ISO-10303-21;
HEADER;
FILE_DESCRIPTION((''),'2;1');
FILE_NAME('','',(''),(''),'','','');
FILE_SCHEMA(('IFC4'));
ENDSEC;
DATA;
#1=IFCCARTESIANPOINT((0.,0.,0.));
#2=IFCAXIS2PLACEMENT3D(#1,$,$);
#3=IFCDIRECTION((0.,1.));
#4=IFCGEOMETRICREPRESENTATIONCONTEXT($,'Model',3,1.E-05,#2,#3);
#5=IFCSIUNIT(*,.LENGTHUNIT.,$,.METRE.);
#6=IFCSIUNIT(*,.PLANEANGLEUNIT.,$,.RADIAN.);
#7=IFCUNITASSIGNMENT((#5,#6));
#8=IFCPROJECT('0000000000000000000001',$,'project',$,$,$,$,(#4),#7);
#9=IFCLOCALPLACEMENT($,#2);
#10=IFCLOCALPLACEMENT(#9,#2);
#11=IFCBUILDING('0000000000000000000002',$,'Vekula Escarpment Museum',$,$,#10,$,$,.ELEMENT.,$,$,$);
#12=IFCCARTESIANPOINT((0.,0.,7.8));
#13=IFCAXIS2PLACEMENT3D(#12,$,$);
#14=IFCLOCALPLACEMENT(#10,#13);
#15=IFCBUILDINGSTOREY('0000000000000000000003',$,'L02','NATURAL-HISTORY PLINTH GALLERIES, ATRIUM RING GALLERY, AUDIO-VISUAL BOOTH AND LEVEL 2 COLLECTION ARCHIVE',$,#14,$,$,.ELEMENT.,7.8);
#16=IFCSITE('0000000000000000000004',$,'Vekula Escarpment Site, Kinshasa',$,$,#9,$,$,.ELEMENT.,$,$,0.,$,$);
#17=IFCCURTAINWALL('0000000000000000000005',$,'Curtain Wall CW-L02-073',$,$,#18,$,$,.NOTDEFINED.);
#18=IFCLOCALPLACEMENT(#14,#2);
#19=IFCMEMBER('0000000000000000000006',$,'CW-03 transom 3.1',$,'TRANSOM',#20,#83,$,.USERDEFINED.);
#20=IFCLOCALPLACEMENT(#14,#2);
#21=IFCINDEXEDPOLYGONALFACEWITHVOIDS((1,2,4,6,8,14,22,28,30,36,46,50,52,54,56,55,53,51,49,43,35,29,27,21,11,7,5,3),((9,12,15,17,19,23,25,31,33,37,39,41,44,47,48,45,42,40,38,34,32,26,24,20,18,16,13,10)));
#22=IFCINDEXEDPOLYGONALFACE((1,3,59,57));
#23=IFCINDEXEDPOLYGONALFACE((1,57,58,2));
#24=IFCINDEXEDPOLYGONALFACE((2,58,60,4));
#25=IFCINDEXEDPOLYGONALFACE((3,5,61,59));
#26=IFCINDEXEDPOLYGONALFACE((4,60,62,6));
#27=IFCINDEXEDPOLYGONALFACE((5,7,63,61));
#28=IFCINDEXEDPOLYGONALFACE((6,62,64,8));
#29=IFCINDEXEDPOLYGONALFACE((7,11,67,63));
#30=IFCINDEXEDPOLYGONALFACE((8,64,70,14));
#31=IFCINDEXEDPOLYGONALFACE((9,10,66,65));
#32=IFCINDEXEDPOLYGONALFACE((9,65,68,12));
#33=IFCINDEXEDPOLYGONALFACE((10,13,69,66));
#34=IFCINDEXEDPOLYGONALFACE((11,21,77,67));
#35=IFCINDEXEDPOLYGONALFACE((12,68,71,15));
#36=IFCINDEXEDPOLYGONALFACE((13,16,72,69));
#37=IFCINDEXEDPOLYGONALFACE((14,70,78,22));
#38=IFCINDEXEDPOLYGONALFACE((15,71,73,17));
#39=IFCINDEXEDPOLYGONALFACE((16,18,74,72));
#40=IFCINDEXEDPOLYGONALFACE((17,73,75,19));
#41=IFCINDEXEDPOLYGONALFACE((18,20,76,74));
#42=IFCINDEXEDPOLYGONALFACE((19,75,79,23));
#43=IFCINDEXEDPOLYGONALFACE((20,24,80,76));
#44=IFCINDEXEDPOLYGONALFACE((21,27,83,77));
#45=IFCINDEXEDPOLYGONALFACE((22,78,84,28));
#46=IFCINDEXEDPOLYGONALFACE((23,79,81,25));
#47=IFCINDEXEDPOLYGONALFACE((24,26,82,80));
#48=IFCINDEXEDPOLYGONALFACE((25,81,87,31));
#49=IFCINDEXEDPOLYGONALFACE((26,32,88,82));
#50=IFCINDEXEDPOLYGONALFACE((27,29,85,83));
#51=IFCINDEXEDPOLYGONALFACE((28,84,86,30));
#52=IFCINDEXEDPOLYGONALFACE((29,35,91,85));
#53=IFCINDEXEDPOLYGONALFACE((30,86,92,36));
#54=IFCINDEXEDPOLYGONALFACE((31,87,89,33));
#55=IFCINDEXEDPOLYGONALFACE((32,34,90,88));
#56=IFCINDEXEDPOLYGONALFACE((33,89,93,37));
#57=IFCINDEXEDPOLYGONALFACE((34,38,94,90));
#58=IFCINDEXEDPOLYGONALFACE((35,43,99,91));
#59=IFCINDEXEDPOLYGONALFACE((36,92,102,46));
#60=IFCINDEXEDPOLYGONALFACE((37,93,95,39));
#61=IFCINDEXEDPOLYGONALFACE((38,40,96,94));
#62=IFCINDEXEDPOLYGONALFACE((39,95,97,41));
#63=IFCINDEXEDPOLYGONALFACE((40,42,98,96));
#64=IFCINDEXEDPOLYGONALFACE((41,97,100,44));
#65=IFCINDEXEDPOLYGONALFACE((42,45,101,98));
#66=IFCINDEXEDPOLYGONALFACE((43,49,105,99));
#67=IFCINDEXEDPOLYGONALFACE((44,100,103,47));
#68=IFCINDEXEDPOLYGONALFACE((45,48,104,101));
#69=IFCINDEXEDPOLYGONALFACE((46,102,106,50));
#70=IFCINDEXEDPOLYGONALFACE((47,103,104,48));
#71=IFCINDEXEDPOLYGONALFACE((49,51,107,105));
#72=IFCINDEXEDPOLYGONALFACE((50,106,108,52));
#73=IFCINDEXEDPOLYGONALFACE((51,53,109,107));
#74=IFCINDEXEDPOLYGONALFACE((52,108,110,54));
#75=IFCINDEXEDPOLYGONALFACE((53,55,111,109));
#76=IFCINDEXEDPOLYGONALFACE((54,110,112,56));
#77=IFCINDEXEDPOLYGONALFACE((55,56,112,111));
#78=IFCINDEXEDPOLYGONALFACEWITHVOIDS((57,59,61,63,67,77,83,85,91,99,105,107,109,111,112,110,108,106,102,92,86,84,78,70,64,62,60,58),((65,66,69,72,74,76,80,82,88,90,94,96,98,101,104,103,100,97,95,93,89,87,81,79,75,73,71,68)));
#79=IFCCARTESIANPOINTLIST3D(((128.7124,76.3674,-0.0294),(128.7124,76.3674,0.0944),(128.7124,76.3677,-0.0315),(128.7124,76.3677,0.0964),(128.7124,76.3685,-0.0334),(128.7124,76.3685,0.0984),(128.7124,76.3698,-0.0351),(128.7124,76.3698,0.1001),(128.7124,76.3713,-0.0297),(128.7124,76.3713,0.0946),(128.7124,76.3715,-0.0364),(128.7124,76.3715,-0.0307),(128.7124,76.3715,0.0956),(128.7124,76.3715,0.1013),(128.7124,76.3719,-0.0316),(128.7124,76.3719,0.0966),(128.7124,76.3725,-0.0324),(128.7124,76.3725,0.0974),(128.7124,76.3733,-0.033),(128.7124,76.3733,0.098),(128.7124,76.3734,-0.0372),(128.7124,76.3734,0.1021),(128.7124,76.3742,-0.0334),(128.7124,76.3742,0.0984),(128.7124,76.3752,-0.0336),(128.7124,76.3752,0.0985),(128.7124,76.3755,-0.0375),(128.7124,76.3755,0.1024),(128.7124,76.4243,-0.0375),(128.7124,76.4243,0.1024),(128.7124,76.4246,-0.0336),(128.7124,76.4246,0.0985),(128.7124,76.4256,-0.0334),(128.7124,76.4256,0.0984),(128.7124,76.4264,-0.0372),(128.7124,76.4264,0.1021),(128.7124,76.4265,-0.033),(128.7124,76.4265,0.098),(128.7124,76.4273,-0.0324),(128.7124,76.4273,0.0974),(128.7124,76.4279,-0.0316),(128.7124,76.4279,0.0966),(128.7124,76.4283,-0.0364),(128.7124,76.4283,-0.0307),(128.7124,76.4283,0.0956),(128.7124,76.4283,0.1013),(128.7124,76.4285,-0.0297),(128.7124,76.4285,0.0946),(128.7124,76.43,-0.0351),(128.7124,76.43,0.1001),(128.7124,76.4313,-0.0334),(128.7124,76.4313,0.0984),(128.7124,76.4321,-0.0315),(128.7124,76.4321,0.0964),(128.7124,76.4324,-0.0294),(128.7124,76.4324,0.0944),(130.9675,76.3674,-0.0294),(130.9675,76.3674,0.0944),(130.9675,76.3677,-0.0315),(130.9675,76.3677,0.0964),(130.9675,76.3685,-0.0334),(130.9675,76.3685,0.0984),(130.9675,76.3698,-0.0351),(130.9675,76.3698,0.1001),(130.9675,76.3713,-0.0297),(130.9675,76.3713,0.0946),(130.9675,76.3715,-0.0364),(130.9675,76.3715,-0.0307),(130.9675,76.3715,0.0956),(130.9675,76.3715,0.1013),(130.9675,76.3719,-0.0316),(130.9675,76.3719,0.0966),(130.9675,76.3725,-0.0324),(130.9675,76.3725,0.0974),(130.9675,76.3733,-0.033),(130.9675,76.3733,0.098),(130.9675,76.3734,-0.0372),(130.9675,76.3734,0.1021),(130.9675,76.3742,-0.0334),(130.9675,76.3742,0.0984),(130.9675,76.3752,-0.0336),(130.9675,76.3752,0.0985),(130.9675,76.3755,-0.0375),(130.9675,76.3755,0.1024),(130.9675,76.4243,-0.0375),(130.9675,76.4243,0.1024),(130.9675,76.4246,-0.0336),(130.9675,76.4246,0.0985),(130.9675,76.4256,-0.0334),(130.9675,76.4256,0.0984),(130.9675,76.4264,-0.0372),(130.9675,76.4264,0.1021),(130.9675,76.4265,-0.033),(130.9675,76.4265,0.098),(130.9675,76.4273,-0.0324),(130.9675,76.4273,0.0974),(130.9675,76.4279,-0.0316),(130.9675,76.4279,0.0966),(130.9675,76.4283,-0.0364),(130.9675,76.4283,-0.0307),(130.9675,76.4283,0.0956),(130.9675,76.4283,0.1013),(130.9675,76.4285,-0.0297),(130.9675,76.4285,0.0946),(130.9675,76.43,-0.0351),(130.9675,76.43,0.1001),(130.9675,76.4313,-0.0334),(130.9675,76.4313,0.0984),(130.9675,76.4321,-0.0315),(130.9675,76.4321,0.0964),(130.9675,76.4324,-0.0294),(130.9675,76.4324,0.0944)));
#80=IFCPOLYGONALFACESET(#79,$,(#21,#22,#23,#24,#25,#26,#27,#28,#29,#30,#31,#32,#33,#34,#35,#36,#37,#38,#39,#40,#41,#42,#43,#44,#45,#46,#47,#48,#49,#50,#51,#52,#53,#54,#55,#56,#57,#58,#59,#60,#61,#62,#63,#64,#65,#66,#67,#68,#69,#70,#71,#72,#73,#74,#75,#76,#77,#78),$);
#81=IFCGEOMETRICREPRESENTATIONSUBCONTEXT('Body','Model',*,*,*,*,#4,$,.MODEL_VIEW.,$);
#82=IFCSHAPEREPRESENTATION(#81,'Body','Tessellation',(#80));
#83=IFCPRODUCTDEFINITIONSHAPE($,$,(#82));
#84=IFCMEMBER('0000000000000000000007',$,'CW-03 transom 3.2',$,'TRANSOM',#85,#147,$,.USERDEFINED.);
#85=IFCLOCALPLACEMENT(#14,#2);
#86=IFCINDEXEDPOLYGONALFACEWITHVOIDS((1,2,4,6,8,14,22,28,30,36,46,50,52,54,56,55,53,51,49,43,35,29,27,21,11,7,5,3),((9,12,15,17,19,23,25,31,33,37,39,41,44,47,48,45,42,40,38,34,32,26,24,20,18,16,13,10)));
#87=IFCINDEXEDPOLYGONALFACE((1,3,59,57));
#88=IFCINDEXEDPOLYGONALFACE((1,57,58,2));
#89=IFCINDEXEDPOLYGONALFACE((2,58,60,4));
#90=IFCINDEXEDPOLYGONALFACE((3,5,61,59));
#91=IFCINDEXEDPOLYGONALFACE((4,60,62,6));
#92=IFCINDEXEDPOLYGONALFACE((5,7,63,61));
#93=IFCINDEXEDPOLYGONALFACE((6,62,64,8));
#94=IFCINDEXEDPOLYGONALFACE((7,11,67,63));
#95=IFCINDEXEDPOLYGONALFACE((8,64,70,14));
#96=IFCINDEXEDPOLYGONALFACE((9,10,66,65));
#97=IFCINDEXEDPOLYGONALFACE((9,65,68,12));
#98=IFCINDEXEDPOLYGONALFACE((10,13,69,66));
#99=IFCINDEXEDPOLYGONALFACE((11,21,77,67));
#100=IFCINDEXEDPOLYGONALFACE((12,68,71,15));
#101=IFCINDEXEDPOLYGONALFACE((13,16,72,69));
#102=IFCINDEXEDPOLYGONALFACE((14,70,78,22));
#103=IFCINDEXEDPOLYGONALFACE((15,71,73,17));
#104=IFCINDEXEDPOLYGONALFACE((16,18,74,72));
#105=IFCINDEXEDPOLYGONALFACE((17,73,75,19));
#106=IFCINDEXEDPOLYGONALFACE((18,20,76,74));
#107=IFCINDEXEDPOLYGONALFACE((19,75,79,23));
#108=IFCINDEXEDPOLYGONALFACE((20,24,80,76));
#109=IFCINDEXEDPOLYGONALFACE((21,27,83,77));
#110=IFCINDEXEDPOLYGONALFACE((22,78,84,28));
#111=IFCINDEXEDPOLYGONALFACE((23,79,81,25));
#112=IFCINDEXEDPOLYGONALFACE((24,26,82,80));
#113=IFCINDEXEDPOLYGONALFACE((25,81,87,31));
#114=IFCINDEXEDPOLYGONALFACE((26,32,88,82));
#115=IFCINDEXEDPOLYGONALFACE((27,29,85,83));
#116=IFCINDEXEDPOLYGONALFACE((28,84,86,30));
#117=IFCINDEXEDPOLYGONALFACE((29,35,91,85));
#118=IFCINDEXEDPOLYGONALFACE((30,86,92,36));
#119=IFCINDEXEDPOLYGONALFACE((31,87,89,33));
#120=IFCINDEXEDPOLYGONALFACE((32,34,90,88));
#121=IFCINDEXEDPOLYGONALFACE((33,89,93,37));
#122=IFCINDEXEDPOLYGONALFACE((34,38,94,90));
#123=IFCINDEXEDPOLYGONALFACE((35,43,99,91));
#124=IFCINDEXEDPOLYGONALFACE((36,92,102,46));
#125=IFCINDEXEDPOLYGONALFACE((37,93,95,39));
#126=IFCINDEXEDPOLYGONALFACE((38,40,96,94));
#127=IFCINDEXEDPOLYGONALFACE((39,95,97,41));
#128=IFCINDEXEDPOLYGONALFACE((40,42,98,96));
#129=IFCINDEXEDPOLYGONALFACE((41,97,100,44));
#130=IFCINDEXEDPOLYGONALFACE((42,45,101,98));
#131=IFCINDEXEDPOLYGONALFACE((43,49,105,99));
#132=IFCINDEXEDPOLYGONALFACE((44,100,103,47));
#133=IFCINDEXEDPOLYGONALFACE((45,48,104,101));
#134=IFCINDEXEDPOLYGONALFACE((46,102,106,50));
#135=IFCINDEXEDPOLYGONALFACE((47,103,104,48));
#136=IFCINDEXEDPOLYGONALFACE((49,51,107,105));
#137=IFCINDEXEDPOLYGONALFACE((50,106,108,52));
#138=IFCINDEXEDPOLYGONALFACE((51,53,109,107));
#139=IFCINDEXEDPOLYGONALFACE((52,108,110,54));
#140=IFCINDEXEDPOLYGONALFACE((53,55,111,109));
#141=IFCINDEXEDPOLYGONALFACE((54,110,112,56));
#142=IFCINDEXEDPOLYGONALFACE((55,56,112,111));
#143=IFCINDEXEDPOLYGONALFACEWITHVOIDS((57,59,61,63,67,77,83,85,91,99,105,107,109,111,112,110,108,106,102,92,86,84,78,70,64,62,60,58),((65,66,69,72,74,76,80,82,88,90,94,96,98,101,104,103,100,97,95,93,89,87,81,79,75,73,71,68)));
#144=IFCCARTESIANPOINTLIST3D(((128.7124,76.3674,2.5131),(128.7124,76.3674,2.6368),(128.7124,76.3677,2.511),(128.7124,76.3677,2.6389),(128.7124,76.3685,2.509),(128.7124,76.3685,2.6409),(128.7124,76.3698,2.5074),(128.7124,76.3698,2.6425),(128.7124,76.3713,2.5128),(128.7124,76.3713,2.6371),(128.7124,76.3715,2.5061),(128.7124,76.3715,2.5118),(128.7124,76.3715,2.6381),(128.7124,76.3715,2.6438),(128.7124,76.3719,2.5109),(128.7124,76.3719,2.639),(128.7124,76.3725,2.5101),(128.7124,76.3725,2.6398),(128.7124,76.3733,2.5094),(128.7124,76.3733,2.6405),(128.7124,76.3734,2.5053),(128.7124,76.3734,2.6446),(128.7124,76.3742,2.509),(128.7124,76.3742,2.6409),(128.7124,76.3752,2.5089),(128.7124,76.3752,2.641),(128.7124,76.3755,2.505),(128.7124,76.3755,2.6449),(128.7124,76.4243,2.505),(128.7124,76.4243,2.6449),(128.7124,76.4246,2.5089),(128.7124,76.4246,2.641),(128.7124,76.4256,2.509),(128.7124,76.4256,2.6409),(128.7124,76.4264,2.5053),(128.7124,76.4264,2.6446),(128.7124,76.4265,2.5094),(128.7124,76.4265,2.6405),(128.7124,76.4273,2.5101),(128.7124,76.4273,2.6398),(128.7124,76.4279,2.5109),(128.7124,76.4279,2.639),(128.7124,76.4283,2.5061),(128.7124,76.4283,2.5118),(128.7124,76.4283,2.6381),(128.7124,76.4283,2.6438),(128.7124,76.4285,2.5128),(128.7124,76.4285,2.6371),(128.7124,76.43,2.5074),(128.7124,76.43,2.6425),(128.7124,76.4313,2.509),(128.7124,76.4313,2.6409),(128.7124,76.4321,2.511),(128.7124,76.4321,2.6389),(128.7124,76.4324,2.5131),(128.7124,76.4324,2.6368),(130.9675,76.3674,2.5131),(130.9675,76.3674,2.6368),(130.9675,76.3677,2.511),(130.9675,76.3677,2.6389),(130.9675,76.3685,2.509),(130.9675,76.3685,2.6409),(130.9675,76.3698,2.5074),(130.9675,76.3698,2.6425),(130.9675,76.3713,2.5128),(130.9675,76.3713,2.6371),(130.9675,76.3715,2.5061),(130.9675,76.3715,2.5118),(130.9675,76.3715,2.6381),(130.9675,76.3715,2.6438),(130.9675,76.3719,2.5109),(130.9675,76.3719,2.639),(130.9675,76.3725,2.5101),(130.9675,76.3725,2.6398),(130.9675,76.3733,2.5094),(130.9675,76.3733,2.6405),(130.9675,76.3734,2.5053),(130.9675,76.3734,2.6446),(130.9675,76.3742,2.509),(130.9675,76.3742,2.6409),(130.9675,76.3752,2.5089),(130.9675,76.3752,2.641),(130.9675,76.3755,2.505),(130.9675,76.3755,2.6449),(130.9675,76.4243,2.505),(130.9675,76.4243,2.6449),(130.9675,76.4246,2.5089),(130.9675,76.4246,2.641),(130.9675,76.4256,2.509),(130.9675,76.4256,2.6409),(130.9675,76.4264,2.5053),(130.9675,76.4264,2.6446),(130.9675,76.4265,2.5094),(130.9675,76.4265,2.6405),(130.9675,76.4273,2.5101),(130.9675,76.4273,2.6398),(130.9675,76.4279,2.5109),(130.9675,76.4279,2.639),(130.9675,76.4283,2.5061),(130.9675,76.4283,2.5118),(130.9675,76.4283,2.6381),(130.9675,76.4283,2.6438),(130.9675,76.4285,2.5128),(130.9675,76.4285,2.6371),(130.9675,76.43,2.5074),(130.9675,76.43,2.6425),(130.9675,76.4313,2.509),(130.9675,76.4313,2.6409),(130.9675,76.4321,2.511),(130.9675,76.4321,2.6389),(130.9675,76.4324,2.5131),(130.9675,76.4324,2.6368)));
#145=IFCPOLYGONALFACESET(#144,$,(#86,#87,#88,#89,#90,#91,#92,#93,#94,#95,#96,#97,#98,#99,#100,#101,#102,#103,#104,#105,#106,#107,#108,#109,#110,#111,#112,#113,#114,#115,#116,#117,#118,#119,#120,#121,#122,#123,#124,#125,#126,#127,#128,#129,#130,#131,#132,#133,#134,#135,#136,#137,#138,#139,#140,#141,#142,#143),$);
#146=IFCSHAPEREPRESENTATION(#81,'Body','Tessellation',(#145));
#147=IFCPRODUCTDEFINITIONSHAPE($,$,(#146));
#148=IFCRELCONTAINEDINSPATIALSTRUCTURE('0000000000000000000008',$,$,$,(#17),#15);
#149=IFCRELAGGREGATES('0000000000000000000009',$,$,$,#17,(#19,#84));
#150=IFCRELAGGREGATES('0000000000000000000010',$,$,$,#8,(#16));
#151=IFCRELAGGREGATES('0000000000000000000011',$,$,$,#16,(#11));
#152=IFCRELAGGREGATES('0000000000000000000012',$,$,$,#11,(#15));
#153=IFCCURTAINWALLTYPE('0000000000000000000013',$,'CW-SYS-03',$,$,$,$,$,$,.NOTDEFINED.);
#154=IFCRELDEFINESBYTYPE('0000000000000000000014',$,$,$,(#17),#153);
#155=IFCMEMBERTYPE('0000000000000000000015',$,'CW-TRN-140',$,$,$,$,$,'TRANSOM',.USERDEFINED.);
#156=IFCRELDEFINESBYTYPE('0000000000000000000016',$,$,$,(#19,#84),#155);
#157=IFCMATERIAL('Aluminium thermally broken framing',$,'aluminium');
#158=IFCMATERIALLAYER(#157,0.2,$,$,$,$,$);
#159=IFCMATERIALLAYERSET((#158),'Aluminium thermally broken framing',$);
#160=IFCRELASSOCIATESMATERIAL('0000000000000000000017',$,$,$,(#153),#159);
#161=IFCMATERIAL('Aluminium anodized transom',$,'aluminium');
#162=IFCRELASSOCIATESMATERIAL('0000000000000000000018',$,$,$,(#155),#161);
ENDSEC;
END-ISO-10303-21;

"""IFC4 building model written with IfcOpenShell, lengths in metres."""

from ifc_helpers import new_model, si_unit, direction, frame, origin, origin_2d, place, context, subcontext, project, spatial, hollow_rectangle, extrude, material, layer, layer_set, material_profile, profile_set, type_object, element, aggregate, save


model = new_model("IFC4")

# Units and contexts
model_context = context("Model", 3, precision=1e-05, world=origin(), true_north=direction((0.0, 1.0)))
body_context = subcontext(model_context, "Body", "Model", "MODEL_VIEW")
ifc_project = project(units=[si_unit("LENGTHUNIT", "METRE"), si_unit("PLANEANGLEUNIT", "RADIAN")], contexts=[model_context])

# Site, building, storey
site_placement = place(None, origin())
site = spatial("IfcSite", under=ifc_project, at=site_placement, Name="Vekula Escarpment Site, Kinshasa", CompositionType="ELEMENT", RefElevation=0.0)
building_placement = place(site_placement, origin())
building = spatial("IfcBuilding", under=site, at=building_placement, Name="Vekula Escarpment Museum", CompositionType="ELEMENT")
storey_placement = place(building_placement, frame((0.0, 0.0, 7.8)))
storey = spatial("IfcBuildingStorey", under=building, at=storey_placement, Name="L02", Description="NATURAL-HISTORY PLINTH GALLERIES, ATRIUM RING GALLERY, AUDIO-VISUAL BOOTH AND LEVEL 2 COLLECTION ARCHIVE", CompositionType="ELEMENT", Elevation=7.8)

# Curtain wall, members
ifc_material_1 = material(Name="Aluminium thermally broken framing", Category="aluminium")
ifc_layer_1 = layer(ifc_material_1, 0.2)
ifc_layer_set_1 = layer_set([ifc_layer_1], Name="Aluminium thermally broken framing")
curtain_wall_type = type_object("IfcCurtainWallType", Name="CW-SYS-03", PredefinedType="NOTDEFINED", material=ifc_layer_set_1)
curtain_wall_placement = place(storey_placement, origin())
curtain_wall = element("IfcCurtainWall", 1, at=curtain_wall_placement, inside=storey, type_object=curtain_wall_type, Name="Curtain Wall CW-L02-073", PredefinedType="NOTDEFINED")
ifc_material_2 = material(Name="Aluminium anodized transom", Category="aluminium")
ifc_material_profile_1 = material_profile(ifc_material_2, hollow_rectangle(XDim=0.0649, YDim=0.1399, WallThickness=0.0039, InnerFilletRadius=0.0039, OuterFilletRadius=0.0081, at=origin_2d()), Name="ALU 140x65x4")
ifc_profile_set_1 = profile_set([ifc_material_profile_1], Name="Aluminium anodized transom")
member_type_1 = type_object("IfcMemberType", Name="CW-TRN-140", ElementType="TRANSOM", PredefinedType="USERDEFINED", material=ifc_profile_set_1)
member_1_placement = place(storey_placement, frame((130.9675, 76.3999, 0.0325), z_axis=(-1.0, 0.0, 0.0), x_axis=(0.0, -1.0, 0.0)))
member_1 = element("IfcMember", 2, at=member_1_placement, type_object=member_type_1, Name="CW-03 transom 3.1", ObjectType="TRANSOM", PredefinedType="USERDEFINED", context=body_context, shape_type="SweptSolid", body=[
    extrude(hollow_rectangle(XDim=0.0649, YDim=0.1399, WallThickness=0.0039, InnerFilletRadius=0.0039, OuterFilletRadius=0.0081, at=origin_2d()), origin(), (0.0, 0.0, 1.0), 2.2551),
])
member_2_placement = place(storey_placement, frame((130.9675, 76.3999, 2.575), z_axis=(-1.0, 0.0, 0.0), x_axis=(0.0, -1.0, 0.0)))
member_2 = element("IfcMember", 3, at=member_2_placement, type_object=member_type_1, Name="CW-03 transom 3.2", ObjectType="TRANSOM", PredefinedType="USERDEFINED", context=body_context, shape_type="SweptSolid", body=[
    extrude(hollow_rectangle(XDim=0.0649, YDim=0.1399, WallThickness=0.0039, InnerFilletRadius=0.0039, OuterFilletRadius=0.0081, at=origin_2d()), origin(), (0.0, 0.0, 1.0), 2.2551),
])
aggregate(curtain_wall, [member_1, member_2])

save(model, "model.ifc")
